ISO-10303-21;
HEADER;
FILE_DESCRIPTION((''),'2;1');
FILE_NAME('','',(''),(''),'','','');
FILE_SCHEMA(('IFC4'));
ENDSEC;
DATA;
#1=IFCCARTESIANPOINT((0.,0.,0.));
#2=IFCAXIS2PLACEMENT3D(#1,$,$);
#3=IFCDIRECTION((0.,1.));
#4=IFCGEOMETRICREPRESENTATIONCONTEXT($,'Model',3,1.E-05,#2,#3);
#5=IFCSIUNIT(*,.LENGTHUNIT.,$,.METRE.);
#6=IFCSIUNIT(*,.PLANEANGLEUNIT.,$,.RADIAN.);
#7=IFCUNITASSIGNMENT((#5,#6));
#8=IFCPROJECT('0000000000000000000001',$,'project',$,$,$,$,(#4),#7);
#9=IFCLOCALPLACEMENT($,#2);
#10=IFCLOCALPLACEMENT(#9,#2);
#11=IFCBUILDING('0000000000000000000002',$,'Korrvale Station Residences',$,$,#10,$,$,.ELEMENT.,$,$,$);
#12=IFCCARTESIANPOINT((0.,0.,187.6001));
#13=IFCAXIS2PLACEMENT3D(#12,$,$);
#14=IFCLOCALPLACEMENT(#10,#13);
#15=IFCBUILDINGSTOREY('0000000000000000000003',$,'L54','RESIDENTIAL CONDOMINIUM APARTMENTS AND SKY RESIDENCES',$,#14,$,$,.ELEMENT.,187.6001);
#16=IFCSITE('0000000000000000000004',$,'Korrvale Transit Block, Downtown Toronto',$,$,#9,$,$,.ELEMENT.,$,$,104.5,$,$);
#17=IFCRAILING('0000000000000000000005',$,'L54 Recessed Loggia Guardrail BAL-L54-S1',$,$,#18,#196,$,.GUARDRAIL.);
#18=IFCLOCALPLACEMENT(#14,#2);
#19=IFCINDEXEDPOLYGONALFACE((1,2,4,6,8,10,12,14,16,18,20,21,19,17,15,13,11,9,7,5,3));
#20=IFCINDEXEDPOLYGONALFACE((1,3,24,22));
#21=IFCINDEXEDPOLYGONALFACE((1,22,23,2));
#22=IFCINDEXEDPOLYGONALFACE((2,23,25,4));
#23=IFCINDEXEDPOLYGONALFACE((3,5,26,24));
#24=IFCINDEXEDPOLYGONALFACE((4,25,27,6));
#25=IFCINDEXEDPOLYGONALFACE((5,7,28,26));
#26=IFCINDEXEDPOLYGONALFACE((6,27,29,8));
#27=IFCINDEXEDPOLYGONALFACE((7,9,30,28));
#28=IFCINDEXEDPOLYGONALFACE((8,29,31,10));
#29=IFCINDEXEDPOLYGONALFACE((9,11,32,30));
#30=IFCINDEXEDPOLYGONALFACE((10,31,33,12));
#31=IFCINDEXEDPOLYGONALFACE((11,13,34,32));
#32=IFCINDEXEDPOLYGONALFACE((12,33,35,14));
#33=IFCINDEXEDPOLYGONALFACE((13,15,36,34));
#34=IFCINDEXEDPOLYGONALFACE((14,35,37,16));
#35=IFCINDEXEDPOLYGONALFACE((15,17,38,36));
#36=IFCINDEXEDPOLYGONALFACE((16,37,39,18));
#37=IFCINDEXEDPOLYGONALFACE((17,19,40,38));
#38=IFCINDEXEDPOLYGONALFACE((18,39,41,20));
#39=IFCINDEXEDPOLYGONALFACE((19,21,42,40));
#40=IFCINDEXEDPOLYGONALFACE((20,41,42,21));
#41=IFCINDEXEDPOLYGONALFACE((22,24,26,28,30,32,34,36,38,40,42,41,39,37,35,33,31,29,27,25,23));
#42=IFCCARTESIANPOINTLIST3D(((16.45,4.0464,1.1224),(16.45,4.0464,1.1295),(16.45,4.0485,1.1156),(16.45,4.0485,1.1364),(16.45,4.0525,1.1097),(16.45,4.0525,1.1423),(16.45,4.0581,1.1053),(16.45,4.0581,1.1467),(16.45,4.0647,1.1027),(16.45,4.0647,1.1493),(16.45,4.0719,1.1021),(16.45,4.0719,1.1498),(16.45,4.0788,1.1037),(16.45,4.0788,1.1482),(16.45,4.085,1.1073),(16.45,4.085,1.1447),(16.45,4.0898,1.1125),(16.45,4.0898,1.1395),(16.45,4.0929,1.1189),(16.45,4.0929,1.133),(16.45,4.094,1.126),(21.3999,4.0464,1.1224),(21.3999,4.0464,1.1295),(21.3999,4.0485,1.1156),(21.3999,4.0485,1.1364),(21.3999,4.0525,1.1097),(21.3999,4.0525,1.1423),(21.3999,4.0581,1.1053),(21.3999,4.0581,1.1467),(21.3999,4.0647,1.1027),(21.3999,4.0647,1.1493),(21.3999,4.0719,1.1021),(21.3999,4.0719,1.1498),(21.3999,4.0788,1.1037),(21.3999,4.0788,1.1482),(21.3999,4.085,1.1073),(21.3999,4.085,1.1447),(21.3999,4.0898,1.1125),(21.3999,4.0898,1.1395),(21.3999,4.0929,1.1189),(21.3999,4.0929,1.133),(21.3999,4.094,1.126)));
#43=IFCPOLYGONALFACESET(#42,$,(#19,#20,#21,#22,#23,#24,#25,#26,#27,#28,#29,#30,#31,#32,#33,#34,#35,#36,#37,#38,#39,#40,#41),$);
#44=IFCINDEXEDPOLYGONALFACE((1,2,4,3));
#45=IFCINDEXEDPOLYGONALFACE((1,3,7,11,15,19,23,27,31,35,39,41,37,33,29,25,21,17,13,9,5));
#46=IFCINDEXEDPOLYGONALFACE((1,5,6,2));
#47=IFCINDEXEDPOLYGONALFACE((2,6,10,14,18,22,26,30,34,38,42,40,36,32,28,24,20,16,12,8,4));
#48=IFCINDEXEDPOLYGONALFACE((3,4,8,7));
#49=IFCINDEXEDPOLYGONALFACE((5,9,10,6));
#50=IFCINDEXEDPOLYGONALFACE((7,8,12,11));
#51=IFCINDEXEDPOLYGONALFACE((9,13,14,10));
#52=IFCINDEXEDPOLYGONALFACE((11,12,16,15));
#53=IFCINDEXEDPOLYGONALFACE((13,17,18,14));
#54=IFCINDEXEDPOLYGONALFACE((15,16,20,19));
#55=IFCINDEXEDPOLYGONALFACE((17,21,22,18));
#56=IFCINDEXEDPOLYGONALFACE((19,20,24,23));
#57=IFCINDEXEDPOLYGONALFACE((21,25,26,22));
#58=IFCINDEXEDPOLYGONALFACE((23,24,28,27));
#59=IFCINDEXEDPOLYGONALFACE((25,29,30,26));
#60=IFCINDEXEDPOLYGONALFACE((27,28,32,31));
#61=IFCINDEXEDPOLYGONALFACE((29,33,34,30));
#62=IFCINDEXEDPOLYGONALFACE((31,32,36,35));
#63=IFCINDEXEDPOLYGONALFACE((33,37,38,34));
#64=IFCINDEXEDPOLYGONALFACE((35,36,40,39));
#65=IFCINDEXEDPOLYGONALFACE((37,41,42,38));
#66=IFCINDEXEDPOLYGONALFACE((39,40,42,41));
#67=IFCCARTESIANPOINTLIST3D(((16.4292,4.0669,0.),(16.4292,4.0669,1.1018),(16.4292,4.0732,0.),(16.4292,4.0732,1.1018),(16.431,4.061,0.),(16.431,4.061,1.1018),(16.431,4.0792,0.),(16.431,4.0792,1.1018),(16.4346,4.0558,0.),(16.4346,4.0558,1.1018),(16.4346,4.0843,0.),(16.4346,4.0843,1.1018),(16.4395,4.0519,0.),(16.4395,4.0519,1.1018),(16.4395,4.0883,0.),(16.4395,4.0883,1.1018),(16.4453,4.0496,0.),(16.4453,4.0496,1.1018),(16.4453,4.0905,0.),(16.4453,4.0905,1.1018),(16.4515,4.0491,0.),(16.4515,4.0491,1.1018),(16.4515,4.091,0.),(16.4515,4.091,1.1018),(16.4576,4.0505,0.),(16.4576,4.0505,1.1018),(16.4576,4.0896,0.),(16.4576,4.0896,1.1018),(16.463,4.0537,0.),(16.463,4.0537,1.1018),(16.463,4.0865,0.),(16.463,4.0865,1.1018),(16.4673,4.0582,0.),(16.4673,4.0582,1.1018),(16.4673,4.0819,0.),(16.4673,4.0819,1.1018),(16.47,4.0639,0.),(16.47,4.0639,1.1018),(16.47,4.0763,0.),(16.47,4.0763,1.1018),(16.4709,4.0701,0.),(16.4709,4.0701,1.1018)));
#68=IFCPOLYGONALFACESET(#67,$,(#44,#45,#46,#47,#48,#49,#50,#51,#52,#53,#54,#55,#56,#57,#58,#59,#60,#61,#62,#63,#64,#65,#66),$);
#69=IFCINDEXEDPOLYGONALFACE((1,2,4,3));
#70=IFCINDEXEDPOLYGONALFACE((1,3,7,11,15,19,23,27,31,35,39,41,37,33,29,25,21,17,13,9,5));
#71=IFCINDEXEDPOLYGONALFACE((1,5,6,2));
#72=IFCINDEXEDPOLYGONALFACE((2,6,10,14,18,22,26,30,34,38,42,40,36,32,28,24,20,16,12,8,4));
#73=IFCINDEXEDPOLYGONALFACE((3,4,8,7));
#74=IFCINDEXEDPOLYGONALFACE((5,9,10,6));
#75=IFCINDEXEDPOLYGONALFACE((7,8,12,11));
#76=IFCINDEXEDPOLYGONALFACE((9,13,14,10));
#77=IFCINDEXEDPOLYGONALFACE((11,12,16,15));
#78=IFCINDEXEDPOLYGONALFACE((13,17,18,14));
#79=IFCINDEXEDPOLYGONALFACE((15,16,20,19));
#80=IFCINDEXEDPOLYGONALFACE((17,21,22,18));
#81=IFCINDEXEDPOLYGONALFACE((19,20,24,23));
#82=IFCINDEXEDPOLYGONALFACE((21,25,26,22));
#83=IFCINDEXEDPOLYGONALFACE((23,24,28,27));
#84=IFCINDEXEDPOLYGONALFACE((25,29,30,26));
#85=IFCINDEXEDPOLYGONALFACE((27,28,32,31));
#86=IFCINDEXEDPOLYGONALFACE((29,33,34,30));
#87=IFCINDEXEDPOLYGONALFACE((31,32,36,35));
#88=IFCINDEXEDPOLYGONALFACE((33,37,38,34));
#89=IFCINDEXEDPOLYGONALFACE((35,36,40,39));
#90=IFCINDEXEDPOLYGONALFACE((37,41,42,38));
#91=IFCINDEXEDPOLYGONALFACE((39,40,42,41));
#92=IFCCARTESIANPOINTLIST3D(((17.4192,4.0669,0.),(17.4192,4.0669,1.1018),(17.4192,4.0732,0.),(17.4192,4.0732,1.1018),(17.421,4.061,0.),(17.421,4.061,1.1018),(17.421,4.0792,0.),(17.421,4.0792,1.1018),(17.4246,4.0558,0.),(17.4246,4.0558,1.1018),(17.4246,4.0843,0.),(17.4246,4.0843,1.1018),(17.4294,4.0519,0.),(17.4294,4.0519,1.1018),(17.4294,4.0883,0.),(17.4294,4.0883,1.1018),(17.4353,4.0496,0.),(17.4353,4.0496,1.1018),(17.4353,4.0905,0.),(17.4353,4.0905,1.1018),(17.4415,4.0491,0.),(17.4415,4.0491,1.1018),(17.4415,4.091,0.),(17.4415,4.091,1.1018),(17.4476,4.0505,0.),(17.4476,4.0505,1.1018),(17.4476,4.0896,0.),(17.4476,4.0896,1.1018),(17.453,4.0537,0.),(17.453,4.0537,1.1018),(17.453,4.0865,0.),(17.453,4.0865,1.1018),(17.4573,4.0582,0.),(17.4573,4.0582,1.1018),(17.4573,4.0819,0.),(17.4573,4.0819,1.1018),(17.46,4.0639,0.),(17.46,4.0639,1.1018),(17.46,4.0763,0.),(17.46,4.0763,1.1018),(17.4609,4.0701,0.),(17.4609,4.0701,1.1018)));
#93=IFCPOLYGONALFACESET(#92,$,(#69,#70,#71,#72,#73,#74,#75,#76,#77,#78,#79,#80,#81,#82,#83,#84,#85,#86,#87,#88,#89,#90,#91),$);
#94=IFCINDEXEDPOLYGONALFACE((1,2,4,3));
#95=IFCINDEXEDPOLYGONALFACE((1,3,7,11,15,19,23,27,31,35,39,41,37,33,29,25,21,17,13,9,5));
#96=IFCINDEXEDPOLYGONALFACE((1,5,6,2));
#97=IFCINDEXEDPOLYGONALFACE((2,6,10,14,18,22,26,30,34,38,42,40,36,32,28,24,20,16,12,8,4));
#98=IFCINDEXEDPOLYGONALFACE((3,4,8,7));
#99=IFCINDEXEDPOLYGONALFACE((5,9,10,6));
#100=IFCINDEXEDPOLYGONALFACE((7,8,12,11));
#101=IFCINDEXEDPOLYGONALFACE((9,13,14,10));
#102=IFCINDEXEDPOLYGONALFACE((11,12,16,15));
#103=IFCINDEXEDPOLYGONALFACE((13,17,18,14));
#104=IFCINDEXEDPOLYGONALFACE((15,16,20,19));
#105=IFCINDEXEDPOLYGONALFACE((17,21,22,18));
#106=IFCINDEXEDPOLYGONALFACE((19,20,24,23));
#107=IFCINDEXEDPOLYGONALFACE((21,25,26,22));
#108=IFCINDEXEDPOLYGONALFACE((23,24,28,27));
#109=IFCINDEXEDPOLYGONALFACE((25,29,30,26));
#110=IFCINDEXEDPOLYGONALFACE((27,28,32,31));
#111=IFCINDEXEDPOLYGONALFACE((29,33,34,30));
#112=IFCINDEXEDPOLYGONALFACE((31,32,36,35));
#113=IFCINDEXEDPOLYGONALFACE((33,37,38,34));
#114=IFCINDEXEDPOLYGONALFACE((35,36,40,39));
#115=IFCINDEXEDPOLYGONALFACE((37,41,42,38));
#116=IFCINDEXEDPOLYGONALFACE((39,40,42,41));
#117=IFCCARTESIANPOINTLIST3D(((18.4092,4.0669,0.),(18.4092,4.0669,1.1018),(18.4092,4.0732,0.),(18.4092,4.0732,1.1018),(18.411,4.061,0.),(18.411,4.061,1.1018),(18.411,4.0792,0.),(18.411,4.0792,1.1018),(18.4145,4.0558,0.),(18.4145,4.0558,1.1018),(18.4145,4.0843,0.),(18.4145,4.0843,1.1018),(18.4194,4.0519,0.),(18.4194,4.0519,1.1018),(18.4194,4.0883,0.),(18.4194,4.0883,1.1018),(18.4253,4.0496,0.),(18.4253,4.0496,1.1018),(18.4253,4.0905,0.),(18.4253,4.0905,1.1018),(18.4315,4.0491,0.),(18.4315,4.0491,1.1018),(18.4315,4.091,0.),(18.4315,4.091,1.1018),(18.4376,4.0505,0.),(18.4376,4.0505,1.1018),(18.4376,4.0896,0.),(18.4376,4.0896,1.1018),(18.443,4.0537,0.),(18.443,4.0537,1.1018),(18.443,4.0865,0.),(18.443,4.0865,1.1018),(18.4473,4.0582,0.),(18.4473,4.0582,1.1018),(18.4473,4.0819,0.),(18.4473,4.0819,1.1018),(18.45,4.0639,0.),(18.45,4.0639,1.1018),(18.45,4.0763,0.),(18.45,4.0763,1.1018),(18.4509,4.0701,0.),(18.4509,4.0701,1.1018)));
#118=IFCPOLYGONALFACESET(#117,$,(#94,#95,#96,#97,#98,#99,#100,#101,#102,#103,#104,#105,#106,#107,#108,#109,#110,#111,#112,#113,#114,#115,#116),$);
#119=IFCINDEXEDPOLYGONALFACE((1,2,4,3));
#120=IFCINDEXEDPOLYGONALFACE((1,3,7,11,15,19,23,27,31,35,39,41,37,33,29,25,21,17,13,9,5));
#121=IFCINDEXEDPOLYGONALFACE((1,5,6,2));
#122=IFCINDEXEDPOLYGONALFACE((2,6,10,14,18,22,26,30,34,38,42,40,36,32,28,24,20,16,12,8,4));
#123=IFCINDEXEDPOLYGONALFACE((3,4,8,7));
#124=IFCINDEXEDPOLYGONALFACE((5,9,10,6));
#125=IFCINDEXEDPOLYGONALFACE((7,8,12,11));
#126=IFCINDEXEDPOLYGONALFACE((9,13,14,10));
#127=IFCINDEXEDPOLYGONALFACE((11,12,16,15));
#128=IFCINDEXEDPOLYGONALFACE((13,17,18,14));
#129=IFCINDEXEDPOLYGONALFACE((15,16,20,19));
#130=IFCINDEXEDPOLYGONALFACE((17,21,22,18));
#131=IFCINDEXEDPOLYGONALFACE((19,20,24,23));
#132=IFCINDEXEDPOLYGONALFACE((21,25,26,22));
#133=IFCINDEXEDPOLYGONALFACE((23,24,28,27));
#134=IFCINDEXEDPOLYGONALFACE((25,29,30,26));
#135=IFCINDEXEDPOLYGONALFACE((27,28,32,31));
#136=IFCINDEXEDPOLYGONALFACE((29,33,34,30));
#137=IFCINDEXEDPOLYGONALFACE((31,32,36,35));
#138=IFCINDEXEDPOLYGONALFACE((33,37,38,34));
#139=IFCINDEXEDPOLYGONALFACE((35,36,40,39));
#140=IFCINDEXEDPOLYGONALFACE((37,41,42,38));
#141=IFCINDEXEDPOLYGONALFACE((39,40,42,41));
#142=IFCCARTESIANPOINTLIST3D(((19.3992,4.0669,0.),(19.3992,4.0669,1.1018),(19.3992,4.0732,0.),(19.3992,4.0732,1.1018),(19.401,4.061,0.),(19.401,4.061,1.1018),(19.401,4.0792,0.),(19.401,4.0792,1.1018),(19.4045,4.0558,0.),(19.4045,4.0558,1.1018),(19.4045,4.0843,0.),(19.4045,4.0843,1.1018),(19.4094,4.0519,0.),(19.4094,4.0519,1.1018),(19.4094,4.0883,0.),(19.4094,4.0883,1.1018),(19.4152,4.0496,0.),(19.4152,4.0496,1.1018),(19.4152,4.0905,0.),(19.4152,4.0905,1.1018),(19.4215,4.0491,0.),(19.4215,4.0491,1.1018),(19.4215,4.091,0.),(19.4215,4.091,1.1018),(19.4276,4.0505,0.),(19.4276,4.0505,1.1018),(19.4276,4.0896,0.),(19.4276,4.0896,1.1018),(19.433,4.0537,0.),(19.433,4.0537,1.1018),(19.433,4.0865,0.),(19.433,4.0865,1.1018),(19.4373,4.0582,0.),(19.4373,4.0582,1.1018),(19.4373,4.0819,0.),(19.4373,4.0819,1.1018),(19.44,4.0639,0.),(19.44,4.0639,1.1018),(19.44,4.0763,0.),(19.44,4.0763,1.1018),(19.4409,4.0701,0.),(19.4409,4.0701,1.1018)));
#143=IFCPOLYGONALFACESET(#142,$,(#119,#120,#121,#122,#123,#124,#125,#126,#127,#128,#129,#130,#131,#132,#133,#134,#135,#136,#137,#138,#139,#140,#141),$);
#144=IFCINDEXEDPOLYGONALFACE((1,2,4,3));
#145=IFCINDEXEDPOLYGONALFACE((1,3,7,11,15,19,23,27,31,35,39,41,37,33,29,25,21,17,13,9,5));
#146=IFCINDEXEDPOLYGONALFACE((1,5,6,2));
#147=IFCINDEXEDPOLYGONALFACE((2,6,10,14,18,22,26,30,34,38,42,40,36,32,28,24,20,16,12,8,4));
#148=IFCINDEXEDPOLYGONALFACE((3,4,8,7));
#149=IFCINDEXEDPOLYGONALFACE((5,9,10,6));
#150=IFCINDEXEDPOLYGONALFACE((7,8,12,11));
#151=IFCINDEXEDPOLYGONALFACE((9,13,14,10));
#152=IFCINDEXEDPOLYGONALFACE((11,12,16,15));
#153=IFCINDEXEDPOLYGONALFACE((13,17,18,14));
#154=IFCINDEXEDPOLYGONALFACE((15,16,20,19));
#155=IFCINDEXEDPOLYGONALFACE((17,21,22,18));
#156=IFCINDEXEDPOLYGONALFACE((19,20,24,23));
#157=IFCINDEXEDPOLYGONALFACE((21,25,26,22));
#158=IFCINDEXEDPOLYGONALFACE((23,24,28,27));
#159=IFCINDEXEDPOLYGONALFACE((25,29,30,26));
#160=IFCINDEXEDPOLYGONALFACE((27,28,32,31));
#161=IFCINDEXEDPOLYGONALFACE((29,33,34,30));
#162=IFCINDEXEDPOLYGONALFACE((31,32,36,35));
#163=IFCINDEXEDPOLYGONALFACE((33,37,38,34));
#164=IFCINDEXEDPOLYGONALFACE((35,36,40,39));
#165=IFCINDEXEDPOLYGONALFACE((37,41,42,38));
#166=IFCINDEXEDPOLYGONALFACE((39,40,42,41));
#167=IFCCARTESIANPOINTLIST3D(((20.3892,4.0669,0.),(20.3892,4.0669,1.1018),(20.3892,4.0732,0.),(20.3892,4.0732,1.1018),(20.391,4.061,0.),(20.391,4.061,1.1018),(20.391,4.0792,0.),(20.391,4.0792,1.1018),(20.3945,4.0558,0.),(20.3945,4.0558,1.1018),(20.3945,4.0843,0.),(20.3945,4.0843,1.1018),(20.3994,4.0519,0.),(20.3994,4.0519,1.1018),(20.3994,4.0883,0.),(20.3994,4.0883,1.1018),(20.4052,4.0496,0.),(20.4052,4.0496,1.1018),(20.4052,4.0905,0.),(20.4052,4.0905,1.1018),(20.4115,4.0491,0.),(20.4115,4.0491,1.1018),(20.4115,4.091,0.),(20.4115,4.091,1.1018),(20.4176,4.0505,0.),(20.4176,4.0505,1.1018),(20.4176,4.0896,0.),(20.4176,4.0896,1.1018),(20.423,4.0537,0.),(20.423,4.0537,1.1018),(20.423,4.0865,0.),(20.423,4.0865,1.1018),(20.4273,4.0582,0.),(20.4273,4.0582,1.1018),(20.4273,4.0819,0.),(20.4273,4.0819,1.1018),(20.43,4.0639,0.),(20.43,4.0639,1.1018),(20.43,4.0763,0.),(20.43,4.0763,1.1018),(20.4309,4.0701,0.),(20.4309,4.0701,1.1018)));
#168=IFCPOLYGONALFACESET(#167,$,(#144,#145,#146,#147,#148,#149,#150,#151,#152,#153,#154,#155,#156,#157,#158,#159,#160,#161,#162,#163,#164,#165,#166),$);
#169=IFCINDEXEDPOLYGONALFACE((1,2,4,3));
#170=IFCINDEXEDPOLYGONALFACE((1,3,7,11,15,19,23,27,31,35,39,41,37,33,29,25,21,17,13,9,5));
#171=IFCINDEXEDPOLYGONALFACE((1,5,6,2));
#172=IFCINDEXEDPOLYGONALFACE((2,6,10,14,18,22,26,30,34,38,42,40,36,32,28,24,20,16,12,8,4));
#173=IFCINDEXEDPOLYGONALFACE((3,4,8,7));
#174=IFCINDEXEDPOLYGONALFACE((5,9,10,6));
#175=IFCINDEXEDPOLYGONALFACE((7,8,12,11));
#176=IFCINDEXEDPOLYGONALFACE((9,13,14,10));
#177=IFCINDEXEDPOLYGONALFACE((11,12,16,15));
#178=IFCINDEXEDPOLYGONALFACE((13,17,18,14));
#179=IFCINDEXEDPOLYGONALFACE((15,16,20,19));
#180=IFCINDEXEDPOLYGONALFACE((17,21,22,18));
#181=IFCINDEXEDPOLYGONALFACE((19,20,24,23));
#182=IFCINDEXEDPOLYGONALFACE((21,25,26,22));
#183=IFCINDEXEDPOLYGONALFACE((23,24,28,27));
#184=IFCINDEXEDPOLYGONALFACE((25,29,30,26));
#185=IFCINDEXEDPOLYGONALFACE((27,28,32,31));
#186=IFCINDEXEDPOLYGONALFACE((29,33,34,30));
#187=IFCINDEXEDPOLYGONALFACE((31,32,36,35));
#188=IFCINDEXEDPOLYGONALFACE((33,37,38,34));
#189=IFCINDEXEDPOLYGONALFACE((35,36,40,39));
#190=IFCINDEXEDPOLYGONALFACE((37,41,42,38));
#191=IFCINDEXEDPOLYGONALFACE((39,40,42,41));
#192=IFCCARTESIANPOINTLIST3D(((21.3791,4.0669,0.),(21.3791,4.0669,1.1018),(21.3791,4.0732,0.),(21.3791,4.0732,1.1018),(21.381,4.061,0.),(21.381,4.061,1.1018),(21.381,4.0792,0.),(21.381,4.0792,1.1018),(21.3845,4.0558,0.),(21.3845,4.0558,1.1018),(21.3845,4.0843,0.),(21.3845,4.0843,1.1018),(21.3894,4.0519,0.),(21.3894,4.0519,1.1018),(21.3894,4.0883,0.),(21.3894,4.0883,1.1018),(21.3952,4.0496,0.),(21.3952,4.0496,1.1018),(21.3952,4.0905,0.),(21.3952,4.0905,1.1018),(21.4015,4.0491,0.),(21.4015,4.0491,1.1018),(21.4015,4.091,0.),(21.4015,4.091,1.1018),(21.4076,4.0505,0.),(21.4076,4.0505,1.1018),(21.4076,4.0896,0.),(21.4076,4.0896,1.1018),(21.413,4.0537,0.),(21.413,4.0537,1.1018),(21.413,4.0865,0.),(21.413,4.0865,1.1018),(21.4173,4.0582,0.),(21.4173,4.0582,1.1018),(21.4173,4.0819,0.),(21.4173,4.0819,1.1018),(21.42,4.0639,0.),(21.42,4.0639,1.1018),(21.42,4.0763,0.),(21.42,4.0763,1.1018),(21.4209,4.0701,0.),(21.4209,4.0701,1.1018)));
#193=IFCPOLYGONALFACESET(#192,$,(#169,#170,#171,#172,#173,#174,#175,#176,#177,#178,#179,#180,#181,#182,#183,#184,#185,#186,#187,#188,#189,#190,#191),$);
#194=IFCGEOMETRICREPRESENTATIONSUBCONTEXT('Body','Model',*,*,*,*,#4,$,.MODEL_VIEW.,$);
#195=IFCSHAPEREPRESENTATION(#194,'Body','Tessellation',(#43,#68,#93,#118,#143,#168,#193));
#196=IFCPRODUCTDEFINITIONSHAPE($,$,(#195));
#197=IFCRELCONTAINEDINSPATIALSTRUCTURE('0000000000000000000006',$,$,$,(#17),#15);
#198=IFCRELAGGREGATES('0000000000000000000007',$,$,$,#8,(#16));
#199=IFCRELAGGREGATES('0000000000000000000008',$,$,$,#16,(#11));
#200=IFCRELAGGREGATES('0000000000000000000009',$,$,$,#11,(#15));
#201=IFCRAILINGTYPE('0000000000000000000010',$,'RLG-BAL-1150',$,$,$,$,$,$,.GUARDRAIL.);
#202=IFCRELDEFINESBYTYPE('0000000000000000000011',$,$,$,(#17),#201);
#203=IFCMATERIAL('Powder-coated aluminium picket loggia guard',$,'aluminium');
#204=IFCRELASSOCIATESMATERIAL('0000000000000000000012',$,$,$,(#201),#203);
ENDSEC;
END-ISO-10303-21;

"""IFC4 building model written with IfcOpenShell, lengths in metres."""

from ifc_helpers import new_model, si_unit, direction, frame, origin, origin_2d, place, context, subcontext, project, spatial, circle, extrude, material, type_object, element, save


model = new_model("IFC4")

# Units and contexts
model_context = context("Model", 3, precision=1e-05, world=origin(), true_north=direction((0.0, 1.0)))
body_context = subcontext(model_context, "Body", "Model", "MODEL_VIEW")
ifc_project = project(units=[si_unit("LENGTHUNIT", "METRE"), si_unit("PLANEANGLEUNIT", "RADIAN")], contexts=[model_context])

# Site, building, storey
site_placement = place(None, origin())
site = spatial("IfcSite", under=ifc_project, at=site_placement, Name="Korrvale Transit Block, Downtown Toronto", CompositionType="ELEMENT", RefElevation=104.5)
building_placement = place(site_placement, origin())
building = spatial("IfcBuilding", under=site, at=building_placement, Name="Korrvale Station Residences", CompositionType="ELEMENT")
storey_placement = place(building_placement, frame((0.0, 0.0, 187.6001)))
storey = spatial("IfcBuildingStorey", under=building, at=storey_placement, Name="L54", Description="RESIDENTIAL CONDOMINIUM APARTMENTS AND SKY RESIDENCES", CompositionType="ELEMENT", Elevation=187.6001)

# Railing
ifc_material_1 = material(Name="Powder-coated aluminium picket loggia guard", Category="aluminium")
railing_type = type_object("IfcRailingType", Name="RLG-BAL-1150", PredefinedType="GUARDRAIL", material=ifc_material_1)
railing_placement = place(storey_placement, frame((16.45, 4.0701, 0.0)))
element("IfcRailing", 1, at=railing_placement, inside=storey, type_object=railing_type, Name="L54 Recessed Loggia Guardrail BAL-L54-S1", PredefinedType="GUARDRAIL", context=body_context, shape_type="SweptSolid", body=[
    extrude(circle(Radius=0.0239, at=origin_2d()), frame((0.0, 0.0, 1.126), z_axis=(1.0, 0.0, 0.0), x_axis=(0.0, 1.0, 0.0)), (0.0, 0.0, 1.0), 4.95),
    extrude(circle(Radius=0.021, at=origin_2d()), origin(), (0.0, 0.0, 1.0), 1.1018),
    extrude(circle(Radius=0.021, at=origin_2d()), frame((0.99, 0.0, 0.0)), (0.0, 0.0, 1.0), 1.1018),
    extrude(circle(Radius=0.021, at=origin_2d()), frame((1.98, 0.0, 0.0)), (0.0, 0.0, 1.0), 1.1018),
    extrude(circle(Radius=0.021, at=origin_2d()), frame((2.97, 0.0, 0.0)), (0.0, 0.0, 1.0), 1.1018),
    extrude(circle(Radius=0.021, at=origin_2d()), frame((3.96, 0.0, 0.0)), (0.0, 0.0, 1.0), 1.1018),
    extrude(circle(Radius=0.021, at=origin_2d()), frame((4.95, 0.0, 0.0)), (0.0, 0.0, 1.0), 1.1018),
])

save(model, "model.ifc")
